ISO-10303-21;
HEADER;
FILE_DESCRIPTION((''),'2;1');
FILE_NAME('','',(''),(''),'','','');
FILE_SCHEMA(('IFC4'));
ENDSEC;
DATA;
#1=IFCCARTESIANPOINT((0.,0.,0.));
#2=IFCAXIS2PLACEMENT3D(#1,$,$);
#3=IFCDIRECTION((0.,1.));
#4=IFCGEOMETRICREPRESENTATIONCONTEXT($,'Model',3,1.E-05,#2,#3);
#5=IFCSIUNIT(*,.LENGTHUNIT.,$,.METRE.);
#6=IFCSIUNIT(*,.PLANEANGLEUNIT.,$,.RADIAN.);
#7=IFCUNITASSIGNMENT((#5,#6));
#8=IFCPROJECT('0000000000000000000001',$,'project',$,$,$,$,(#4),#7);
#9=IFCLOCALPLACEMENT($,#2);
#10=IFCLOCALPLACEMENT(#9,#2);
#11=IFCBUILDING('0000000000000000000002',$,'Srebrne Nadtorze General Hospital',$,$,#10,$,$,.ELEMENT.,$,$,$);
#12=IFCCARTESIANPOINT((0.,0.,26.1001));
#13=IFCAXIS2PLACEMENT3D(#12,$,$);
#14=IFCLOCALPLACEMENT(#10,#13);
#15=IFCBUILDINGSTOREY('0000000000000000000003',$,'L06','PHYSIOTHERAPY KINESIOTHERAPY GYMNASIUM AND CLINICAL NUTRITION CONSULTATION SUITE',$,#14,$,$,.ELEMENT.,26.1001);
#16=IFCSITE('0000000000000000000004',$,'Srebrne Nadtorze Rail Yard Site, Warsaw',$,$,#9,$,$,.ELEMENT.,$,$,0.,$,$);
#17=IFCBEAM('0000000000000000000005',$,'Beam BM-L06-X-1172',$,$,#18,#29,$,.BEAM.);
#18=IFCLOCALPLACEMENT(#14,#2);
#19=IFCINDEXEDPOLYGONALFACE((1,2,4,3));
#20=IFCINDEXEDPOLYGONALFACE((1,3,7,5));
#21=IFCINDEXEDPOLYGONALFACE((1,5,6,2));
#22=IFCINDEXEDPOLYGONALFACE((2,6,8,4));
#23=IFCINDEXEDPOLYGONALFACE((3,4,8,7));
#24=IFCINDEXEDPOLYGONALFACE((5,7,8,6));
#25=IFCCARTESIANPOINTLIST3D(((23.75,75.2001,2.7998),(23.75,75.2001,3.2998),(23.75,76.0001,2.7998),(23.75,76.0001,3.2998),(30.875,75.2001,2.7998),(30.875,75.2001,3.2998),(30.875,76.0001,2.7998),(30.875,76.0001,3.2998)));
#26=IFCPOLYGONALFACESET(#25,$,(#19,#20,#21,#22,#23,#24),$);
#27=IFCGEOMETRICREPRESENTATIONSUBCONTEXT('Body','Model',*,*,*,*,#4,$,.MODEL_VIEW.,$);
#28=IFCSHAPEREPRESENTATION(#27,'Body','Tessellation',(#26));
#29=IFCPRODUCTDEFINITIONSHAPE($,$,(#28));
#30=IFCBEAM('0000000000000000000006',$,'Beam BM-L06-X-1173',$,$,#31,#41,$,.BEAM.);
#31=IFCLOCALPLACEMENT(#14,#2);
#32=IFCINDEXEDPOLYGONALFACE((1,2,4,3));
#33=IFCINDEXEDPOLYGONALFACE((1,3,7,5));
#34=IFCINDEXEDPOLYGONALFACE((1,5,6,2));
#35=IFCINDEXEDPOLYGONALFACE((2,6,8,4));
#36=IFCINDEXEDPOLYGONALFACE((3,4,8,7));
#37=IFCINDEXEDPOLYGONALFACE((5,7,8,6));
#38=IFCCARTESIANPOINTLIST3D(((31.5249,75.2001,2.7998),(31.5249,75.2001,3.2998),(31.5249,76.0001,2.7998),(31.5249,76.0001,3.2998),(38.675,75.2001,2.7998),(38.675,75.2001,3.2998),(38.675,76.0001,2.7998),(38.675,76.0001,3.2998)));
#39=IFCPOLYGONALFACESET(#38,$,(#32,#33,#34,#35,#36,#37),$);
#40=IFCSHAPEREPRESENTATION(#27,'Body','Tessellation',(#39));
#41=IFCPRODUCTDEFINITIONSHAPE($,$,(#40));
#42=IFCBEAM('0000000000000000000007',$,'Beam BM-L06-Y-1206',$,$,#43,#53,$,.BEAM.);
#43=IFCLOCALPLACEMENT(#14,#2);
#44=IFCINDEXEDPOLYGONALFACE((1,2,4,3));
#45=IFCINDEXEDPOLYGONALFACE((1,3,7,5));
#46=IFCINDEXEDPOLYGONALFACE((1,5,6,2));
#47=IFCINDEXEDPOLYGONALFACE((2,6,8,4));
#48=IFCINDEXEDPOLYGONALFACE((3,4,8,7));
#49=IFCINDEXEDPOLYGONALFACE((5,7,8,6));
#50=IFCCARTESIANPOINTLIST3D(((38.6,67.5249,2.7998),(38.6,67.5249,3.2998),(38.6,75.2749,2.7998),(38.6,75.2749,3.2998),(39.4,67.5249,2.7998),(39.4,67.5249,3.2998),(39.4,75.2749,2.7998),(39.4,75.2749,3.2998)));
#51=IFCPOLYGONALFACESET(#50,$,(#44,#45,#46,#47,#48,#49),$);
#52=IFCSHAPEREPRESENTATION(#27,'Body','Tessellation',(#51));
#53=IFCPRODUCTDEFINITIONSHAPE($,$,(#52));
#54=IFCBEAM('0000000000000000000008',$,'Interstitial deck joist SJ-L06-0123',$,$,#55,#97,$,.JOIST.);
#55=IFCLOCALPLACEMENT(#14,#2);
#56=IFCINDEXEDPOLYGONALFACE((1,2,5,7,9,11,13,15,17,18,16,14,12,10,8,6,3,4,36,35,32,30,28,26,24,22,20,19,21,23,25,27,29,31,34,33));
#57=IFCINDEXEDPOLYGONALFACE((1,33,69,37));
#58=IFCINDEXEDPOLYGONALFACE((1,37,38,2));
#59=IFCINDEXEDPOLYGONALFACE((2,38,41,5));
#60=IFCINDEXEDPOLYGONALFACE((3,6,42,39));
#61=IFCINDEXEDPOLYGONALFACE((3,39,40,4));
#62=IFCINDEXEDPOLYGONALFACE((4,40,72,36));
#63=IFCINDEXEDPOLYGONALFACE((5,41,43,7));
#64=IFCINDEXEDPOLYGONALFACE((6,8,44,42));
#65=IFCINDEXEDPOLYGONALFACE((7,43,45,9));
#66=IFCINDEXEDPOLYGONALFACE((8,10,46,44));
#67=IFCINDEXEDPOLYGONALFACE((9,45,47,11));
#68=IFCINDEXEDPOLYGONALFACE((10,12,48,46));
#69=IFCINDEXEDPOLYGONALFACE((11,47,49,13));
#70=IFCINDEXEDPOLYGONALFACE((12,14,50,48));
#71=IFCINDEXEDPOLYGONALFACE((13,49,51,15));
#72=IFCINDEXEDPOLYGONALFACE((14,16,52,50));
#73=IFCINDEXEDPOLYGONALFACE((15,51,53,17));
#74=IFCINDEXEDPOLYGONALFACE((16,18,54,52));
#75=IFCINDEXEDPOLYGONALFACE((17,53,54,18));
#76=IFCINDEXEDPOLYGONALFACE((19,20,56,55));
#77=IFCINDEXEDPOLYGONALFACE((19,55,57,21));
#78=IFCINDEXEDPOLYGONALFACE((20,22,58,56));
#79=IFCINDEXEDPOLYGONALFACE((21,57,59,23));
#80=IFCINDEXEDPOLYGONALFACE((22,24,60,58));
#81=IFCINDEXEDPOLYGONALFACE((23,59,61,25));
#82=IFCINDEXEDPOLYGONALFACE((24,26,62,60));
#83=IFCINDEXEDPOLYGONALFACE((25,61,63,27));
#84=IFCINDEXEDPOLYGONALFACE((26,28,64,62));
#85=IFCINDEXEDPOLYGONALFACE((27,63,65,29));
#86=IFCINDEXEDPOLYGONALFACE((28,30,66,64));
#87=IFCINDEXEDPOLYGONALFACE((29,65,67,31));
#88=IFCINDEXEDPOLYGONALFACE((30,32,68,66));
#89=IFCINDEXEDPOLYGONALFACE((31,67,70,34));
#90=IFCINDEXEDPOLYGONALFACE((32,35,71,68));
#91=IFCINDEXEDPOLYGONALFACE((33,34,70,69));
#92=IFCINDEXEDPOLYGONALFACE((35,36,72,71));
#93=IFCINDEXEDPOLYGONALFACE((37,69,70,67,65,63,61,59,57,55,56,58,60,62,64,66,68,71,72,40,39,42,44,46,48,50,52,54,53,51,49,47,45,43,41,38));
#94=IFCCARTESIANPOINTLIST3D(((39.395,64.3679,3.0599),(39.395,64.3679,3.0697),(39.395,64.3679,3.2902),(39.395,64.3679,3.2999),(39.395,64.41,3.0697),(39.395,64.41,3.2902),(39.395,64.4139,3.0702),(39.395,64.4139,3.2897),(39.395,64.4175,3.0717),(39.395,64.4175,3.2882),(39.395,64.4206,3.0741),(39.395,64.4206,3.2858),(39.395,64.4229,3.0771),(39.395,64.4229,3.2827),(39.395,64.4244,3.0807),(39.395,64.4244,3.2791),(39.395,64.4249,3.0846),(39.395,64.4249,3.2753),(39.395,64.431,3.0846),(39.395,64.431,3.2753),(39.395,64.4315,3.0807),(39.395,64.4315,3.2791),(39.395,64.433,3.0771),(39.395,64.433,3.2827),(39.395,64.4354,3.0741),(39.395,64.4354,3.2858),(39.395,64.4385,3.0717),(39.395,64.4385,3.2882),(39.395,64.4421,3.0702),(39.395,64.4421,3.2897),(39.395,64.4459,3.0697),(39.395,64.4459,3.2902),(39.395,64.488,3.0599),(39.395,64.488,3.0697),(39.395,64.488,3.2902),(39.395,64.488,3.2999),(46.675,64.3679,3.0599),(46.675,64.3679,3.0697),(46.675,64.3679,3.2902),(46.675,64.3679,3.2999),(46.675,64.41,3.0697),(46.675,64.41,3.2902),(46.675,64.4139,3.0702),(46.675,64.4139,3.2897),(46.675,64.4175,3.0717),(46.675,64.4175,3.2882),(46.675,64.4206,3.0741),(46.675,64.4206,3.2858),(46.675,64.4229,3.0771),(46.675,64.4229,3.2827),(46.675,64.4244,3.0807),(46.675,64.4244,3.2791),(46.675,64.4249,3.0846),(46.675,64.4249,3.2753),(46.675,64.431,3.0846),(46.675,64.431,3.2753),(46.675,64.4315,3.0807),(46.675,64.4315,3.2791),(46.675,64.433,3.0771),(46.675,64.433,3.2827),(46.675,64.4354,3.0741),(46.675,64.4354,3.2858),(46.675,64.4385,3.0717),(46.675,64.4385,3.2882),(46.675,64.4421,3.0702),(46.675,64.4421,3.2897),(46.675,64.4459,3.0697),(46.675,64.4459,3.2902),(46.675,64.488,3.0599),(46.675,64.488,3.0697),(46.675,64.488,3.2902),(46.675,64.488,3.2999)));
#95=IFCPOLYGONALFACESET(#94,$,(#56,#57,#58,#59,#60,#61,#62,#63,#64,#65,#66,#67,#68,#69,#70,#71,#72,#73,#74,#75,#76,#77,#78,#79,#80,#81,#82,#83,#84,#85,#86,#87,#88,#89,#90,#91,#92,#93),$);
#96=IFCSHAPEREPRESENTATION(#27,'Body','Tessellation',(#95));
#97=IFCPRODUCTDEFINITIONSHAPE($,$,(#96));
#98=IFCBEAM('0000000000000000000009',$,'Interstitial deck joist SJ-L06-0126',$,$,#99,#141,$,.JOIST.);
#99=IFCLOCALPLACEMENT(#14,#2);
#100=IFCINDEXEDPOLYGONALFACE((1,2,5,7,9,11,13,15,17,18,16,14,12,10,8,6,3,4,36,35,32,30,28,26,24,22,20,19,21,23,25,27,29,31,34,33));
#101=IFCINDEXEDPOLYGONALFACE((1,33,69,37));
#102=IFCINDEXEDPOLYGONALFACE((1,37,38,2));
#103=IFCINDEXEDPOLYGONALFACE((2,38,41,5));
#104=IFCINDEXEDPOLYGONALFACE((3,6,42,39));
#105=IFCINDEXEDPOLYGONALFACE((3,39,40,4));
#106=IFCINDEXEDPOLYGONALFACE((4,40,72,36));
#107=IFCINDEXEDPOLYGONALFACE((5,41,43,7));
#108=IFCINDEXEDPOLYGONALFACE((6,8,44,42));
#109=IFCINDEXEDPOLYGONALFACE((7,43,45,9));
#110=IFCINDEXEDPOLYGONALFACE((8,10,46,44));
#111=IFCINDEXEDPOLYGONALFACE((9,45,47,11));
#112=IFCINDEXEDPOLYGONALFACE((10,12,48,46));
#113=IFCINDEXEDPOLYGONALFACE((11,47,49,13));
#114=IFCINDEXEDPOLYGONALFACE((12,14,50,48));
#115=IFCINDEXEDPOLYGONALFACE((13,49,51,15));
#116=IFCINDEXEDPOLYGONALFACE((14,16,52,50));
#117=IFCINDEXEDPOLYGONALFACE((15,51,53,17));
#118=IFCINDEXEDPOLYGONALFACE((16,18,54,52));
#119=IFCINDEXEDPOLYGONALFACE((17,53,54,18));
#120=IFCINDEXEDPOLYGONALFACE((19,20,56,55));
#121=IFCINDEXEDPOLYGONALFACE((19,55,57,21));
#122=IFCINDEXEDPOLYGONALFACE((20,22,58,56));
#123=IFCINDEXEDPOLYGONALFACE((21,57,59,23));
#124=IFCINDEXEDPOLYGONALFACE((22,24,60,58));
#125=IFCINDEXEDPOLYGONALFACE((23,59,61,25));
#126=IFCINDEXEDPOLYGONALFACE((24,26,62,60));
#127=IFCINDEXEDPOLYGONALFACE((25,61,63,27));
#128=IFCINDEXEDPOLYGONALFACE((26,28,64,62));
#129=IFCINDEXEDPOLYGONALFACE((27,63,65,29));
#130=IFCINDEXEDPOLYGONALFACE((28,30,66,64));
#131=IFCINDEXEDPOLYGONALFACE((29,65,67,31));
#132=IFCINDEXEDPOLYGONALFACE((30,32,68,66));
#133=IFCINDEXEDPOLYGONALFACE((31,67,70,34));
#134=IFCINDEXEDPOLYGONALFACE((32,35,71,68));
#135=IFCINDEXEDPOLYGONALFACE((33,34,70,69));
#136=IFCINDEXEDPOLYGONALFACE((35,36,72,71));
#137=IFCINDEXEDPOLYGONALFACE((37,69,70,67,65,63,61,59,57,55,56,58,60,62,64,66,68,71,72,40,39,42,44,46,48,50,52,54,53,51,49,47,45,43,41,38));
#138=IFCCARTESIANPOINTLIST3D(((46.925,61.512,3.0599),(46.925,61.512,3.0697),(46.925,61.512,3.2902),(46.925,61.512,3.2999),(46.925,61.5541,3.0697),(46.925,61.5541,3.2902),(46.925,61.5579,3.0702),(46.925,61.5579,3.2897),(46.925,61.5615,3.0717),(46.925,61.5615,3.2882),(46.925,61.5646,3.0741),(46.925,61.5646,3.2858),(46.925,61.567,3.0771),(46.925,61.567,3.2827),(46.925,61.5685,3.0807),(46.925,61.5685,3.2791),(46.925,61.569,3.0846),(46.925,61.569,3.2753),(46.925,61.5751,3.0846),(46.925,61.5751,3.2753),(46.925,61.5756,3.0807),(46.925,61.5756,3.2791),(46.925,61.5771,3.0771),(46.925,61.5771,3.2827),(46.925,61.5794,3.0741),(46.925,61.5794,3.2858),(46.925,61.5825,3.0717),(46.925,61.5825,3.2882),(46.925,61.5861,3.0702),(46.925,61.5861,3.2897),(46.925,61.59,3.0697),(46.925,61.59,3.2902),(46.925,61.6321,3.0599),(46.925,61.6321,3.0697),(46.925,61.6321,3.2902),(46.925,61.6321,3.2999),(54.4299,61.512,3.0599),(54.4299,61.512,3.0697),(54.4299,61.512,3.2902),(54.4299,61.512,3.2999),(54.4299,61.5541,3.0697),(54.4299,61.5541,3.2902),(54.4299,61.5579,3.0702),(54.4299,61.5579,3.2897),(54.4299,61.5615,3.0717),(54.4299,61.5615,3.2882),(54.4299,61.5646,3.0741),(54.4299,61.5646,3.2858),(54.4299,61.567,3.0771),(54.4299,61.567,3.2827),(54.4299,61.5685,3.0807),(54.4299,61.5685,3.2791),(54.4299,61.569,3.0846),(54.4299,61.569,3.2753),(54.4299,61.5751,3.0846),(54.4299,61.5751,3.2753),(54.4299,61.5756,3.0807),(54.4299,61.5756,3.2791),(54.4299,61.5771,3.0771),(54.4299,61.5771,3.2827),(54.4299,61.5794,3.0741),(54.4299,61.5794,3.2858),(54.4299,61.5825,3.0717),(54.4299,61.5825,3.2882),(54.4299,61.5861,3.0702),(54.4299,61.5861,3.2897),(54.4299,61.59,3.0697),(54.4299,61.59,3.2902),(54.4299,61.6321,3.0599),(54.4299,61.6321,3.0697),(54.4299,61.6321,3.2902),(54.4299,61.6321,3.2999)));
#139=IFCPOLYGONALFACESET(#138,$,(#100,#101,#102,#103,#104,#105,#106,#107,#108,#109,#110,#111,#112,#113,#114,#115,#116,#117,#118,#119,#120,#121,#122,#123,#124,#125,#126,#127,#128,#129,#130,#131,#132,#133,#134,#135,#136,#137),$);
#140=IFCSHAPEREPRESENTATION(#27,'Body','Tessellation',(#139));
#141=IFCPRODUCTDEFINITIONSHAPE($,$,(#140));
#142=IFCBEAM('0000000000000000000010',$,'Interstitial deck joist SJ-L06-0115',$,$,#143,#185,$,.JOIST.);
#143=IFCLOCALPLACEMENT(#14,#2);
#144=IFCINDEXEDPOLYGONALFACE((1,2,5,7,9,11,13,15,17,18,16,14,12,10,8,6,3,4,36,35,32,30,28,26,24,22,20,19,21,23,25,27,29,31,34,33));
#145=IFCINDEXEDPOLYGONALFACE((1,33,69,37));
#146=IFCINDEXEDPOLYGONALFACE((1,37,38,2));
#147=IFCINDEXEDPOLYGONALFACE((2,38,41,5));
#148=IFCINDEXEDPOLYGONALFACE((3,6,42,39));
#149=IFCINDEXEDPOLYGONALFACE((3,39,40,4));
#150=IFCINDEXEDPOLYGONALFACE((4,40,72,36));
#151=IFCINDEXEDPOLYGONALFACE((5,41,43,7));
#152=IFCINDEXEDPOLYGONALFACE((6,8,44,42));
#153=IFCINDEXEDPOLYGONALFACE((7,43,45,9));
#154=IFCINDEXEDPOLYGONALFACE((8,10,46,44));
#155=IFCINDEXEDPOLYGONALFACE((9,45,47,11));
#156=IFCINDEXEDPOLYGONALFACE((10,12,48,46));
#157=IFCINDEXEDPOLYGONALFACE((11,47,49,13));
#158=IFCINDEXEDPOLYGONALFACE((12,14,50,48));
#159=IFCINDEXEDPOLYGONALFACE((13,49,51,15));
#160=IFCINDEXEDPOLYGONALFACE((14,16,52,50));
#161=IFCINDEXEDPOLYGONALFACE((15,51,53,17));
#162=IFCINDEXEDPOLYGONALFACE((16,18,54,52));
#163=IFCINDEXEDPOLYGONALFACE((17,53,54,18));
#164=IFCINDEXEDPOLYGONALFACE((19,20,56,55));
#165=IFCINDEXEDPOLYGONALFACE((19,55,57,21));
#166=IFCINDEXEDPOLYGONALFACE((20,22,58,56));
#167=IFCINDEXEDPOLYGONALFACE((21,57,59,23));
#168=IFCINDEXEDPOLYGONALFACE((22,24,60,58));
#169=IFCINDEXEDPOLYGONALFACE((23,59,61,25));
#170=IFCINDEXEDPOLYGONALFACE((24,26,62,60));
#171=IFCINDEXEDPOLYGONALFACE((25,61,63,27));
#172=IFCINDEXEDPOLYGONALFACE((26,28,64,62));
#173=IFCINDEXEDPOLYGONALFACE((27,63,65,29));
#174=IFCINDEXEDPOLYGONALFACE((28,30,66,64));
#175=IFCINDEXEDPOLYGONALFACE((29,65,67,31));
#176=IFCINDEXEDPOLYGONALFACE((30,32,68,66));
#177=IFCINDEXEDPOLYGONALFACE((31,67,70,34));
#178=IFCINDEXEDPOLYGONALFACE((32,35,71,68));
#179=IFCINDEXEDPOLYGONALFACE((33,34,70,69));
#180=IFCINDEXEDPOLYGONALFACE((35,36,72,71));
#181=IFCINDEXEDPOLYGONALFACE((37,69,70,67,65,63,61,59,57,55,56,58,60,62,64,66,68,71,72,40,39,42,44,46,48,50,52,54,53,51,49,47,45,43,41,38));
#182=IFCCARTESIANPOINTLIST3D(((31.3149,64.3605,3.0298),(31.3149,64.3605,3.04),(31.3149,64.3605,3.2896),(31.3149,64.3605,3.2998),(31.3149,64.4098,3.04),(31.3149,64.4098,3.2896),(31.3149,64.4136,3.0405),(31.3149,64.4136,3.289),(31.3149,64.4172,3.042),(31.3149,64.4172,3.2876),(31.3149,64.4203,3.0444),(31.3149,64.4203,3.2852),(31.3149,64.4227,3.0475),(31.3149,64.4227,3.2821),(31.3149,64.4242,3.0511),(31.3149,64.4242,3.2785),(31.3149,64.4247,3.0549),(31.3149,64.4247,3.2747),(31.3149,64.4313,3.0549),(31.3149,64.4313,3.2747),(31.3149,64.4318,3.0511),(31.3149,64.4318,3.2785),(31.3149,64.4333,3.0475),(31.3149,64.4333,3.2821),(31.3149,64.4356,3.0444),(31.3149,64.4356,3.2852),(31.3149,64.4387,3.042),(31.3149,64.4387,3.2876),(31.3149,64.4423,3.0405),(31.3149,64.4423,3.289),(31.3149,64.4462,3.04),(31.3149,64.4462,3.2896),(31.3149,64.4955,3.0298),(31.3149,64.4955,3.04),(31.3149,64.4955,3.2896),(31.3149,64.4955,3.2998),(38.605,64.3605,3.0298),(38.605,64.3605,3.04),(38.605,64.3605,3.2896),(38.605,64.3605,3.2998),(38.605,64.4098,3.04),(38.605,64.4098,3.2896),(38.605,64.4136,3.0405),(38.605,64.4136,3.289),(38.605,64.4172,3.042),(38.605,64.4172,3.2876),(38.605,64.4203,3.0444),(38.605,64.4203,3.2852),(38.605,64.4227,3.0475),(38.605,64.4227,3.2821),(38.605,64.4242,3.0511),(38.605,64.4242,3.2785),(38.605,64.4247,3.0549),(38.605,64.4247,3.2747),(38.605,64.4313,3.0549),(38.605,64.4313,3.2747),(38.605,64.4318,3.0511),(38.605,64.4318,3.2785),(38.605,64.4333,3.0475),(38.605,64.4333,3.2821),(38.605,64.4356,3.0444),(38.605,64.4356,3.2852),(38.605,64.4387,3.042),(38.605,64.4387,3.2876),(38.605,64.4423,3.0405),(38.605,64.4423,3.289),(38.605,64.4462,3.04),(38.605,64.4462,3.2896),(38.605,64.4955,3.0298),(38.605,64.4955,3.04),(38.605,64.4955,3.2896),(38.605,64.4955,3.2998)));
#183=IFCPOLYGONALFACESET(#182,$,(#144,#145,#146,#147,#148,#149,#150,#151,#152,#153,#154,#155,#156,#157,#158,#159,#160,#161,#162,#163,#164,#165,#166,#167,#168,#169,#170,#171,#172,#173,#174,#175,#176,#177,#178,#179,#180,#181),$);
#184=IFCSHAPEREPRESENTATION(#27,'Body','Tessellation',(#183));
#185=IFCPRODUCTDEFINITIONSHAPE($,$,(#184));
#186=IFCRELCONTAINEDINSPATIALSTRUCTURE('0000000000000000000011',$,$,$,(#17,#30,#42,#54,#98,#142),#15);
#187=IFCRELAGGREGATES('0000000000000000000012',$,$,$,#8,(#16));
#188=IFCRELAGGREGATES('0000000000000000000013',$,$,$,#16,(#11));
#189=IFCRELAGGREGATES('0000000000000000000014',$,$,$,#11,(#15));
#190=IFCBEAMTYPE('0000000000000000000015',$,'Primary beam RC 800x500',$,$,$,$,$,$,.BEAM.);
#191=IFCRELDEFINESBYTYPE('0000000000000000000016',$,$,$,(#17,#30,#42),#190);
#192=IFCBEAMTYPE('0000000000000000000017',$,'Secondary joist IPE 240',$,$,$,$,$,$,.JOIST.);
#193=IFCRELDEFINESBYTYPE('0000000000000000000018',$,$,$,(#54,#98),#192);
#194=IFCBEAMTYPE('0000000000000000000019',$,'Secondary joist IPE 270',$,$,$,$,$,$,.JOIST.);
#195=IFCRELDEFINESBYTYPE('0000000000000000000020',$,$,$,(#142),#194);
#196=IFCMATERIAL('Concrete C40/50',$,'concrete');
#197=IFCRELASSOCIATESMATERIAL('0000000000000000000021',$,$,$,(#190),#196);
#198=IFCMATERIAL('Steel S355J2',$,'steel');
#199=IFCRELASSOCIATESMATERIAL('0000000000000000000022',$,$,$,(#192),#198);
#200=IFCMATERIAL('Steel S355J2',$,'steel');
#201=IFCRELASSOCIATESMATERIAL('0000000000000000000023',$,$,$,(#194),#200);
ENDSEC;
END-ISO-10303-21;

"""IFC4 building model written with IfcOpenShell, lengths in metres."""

from ifc_helpers import new_model, si_unit, direction, frame, origin, origin_2d, place, context, subcontext, project, spatial, rectangle, i_section, extrude, material, material_profile, profile_set, type_object, element, save


model = new_model("IFC4")

# Units and contexts
model_context = context("Model", 3, precision=1e-05, world=origin(), true_north=direction((0.0, 1.0)))
body_context = subcontext(model_context, "Body", "Model", "MODEL_VIEW")
ifc_project = project(units=[si_unit("LENGTHUNIT", "METRE"), si_unit("PLANEANGLEUNIT", "RADIAN")], contexts=[model_context])

# Site, building, storey
site_placement = place(None, origin())
site = spatial("IfcSite", under=ifc_project, at=site_placement, Name="Srebrne Nadtorze Rail Yard Site, Warsaw", CompositionType="ELEMENT", RefElevation=0.0)
building_placement = place(site_placement, origin())
building = spatial("IfcBuilding", under=site, at=building_placement, Name="Srebrne Nadtorze General Hospital", CompositionType="ELEMENT")
storey_placement = place(building_placement, frame((0.0, 0.0, 26.1001)))
storey = spatial("IfcBuildingStorey", under=building, at=storey_placement, Name="L06", Description="PHYSIOTHERAPY KINESIOTHERAPY GYMNASIUM AND CLINICAL NUTRITION CONSULTATION SUITE", CompositionType="ELEMENT", Elevation=26.1001)

# Beams
ifc_material_1 = material(Name="Concrete C40/50", Category="concrete")
ifc_material_profile_1 = material_profile(ifc_material_1, rectangle(XDim=0.8, YDim=0.5, at=origin_2d()), Name="RC-BM-800x500")
ifc_profile_set_1 = profile_set([ifc_material_profile_1], Name="Concrete C40/50")
beam_type_1 = type_object("IfcBeamType", Name="Primary beam RC 800x500", PredefinedType="BEAM", material=ifc_profile_set_1)
beam_1_placement = place(storey_placement, frame((23.75, 75.6001, 3.0498), z_axis=(1.0, 0.0, 0.0), x_axis=(0.0, 1.0, 0.0)))
element("IfcBeam", 1, at=beam_1_placement, inside=storey, type_object=beam_type_1, Name="Beam BM-L06-X-1172", PredefinedType="BEAM", context=body_context, shape_type="SweptSolid", body=[
    extrude(rectangle(XDim=0.8, YDim=0.5, at=origin_2d()), origin(), (0.0, 0.0, 1.0), 7.125),
])
beam_2_placement = place(storey_placement, frame((31.5249, 75.6001, 3.0498), z_axis=(1.0, 0.0, 0.0), x_axis=(0.0, 1.0, 0.0)))
element("IfcBeam", 2, at=beam_2_placement, inside=storey, type_object=beam_type_1, Name="Beam BM-L06-X-1173", PredefinedType="BEAM", context=body_context, shape_type="SweptSolid", body=[
    extrude(rectangle(XDim=0.8, YDim=0.5, at=origin_2d()), origin(), (0.0, 0.0, 1.0), 7.1501),
])
beam_3_placement = place(storey_placement, frame((39.0, 67.5249, 3.0498), z_axis=(0.0, 1.0, 0.0), x_axis=(-1.0, 0.0, 0.0)))
element("IfcBeam", 3, at=beam_3_placement, inside=storey, type_object=beam_type_1, Name="Beam BM-L06-Y-1206", PredefinedType="BEAM", context=body_context, shape_type="SweptSolid", body=[
    extrude(rectangle(XDim=0.8, YDim=0.5, at=origin_2d()), origin(), (0.0, 0.0, 1.0), 7.75),
])
ifc_material_2 = material(Name="Steel S355J2", Category="steel")
ifc_material_profile_2 = material_profile(ifc_material_2, i_section(OverallWidth=0.1201, OverallDepth=0.24, WebThickness=0.0061, FlangeThickness=0.0098, FilletRadius=0.0149, at=origin_2d()), Name="IPE-240")
ifc_profile_set_2 = profile_set([ifc_material_profile_2], Name="Steel S355J2")
beam_type_2 = type_object("IfcBeamType", Name="Secondary joist IPE 240", PredefinedType="JOIST", material=ifc_profile_set_2)
beam_4_placement = place(storey_placement, frame((39.395, 64.428, 3.1799), z_axis=(1.0, 0.0, 0.0), x_axis=(0.0, 1.0, 0.0)))
element("IfcBeam", 4, at=beam_4_placement, inside=storey, type_object=beam_type_2, Name="Interstitial deck joist SJ-L06-0123", PredefinedType="JOIST", context=body_context, shape_type="SweptSolid", body=[
    extrude(i_section(OverallWidth=0.1201, OverallDepth=0.24, WebThickness=0.0061, FlangeThickness=0.0098, FilletRadius=0.0149, at=origin_2d()), origin(), (0.0, 0.0, 1.0), 7.28),
])
beam_5_placement = place(storey_placement, frame((46.925, 61.572, 3.1799), z_axis=(1.0, 0.0, 0.0), x_axis=(0.0, 1.0, 0.0)))
element("IfcBeam", 5, at=beam_5_placement, inside=storey, type_object=beam_type_2, Name="Interstitial deck joist SJ-L06-0126", PredefinedType="JOIST", context=body_context, shape_type="SweptSolid", body=[
    extrude(i_section(OverallWidth=0.1201, OverallDepth=0.24, WebThickness=0.0061, FlangeThickness=0.0098, FilletRadius=0.0149, at=origin_2d()), origin(), (0.0, 0.0, 1.0), 7.5049),
])
ifc_material_3 = material(Name="Steel S355J2", Category="steel")
ifc_material_profile_3 = material_profile(ifc_material_3, i_section(OverallWidth=0.135, OverallDepth=0.27, WebThickness=0.0066, FlangeThickness=0.0103, FilletRadius=0.0149, at=origin_2d()), Name="IPE-270")
ifc_profile_set_3 = profile_set([ifc_material_profile_3], Name="Steel S355J2")
beam_type_3 = type_object("IfcBeamType", Name="Secondary joist IPE 270", PredefinedType="JOIST", material=ifc_profile_set_3)
beam_6_placement = place(storey_placement, frame((31.3149, 64.428, 3.1648), z_axis=(1.0, 0.0, 0.0), x_axis=(0.0, 1.0, 0.0)))
element("IfcBeam", 6, at=beam_6_placement, inside=storey, type_object=beam_type_3, Name="Interstitial deck joist SJ-L06-0115", PredefinedType="JOIST", context=body_context, shape_type="SweptSolid", body=[
    extrude(i_section(OverallWidth=0.135, OverallDepth=0.27, WebThickness=0.0066, FlangeThickness=0.0103, FilletRadius=0.0149, at=origin_2d()), origin(), (0.0, 0.0, 1.0), 7.29),
])

save(model, "model.ifc")
